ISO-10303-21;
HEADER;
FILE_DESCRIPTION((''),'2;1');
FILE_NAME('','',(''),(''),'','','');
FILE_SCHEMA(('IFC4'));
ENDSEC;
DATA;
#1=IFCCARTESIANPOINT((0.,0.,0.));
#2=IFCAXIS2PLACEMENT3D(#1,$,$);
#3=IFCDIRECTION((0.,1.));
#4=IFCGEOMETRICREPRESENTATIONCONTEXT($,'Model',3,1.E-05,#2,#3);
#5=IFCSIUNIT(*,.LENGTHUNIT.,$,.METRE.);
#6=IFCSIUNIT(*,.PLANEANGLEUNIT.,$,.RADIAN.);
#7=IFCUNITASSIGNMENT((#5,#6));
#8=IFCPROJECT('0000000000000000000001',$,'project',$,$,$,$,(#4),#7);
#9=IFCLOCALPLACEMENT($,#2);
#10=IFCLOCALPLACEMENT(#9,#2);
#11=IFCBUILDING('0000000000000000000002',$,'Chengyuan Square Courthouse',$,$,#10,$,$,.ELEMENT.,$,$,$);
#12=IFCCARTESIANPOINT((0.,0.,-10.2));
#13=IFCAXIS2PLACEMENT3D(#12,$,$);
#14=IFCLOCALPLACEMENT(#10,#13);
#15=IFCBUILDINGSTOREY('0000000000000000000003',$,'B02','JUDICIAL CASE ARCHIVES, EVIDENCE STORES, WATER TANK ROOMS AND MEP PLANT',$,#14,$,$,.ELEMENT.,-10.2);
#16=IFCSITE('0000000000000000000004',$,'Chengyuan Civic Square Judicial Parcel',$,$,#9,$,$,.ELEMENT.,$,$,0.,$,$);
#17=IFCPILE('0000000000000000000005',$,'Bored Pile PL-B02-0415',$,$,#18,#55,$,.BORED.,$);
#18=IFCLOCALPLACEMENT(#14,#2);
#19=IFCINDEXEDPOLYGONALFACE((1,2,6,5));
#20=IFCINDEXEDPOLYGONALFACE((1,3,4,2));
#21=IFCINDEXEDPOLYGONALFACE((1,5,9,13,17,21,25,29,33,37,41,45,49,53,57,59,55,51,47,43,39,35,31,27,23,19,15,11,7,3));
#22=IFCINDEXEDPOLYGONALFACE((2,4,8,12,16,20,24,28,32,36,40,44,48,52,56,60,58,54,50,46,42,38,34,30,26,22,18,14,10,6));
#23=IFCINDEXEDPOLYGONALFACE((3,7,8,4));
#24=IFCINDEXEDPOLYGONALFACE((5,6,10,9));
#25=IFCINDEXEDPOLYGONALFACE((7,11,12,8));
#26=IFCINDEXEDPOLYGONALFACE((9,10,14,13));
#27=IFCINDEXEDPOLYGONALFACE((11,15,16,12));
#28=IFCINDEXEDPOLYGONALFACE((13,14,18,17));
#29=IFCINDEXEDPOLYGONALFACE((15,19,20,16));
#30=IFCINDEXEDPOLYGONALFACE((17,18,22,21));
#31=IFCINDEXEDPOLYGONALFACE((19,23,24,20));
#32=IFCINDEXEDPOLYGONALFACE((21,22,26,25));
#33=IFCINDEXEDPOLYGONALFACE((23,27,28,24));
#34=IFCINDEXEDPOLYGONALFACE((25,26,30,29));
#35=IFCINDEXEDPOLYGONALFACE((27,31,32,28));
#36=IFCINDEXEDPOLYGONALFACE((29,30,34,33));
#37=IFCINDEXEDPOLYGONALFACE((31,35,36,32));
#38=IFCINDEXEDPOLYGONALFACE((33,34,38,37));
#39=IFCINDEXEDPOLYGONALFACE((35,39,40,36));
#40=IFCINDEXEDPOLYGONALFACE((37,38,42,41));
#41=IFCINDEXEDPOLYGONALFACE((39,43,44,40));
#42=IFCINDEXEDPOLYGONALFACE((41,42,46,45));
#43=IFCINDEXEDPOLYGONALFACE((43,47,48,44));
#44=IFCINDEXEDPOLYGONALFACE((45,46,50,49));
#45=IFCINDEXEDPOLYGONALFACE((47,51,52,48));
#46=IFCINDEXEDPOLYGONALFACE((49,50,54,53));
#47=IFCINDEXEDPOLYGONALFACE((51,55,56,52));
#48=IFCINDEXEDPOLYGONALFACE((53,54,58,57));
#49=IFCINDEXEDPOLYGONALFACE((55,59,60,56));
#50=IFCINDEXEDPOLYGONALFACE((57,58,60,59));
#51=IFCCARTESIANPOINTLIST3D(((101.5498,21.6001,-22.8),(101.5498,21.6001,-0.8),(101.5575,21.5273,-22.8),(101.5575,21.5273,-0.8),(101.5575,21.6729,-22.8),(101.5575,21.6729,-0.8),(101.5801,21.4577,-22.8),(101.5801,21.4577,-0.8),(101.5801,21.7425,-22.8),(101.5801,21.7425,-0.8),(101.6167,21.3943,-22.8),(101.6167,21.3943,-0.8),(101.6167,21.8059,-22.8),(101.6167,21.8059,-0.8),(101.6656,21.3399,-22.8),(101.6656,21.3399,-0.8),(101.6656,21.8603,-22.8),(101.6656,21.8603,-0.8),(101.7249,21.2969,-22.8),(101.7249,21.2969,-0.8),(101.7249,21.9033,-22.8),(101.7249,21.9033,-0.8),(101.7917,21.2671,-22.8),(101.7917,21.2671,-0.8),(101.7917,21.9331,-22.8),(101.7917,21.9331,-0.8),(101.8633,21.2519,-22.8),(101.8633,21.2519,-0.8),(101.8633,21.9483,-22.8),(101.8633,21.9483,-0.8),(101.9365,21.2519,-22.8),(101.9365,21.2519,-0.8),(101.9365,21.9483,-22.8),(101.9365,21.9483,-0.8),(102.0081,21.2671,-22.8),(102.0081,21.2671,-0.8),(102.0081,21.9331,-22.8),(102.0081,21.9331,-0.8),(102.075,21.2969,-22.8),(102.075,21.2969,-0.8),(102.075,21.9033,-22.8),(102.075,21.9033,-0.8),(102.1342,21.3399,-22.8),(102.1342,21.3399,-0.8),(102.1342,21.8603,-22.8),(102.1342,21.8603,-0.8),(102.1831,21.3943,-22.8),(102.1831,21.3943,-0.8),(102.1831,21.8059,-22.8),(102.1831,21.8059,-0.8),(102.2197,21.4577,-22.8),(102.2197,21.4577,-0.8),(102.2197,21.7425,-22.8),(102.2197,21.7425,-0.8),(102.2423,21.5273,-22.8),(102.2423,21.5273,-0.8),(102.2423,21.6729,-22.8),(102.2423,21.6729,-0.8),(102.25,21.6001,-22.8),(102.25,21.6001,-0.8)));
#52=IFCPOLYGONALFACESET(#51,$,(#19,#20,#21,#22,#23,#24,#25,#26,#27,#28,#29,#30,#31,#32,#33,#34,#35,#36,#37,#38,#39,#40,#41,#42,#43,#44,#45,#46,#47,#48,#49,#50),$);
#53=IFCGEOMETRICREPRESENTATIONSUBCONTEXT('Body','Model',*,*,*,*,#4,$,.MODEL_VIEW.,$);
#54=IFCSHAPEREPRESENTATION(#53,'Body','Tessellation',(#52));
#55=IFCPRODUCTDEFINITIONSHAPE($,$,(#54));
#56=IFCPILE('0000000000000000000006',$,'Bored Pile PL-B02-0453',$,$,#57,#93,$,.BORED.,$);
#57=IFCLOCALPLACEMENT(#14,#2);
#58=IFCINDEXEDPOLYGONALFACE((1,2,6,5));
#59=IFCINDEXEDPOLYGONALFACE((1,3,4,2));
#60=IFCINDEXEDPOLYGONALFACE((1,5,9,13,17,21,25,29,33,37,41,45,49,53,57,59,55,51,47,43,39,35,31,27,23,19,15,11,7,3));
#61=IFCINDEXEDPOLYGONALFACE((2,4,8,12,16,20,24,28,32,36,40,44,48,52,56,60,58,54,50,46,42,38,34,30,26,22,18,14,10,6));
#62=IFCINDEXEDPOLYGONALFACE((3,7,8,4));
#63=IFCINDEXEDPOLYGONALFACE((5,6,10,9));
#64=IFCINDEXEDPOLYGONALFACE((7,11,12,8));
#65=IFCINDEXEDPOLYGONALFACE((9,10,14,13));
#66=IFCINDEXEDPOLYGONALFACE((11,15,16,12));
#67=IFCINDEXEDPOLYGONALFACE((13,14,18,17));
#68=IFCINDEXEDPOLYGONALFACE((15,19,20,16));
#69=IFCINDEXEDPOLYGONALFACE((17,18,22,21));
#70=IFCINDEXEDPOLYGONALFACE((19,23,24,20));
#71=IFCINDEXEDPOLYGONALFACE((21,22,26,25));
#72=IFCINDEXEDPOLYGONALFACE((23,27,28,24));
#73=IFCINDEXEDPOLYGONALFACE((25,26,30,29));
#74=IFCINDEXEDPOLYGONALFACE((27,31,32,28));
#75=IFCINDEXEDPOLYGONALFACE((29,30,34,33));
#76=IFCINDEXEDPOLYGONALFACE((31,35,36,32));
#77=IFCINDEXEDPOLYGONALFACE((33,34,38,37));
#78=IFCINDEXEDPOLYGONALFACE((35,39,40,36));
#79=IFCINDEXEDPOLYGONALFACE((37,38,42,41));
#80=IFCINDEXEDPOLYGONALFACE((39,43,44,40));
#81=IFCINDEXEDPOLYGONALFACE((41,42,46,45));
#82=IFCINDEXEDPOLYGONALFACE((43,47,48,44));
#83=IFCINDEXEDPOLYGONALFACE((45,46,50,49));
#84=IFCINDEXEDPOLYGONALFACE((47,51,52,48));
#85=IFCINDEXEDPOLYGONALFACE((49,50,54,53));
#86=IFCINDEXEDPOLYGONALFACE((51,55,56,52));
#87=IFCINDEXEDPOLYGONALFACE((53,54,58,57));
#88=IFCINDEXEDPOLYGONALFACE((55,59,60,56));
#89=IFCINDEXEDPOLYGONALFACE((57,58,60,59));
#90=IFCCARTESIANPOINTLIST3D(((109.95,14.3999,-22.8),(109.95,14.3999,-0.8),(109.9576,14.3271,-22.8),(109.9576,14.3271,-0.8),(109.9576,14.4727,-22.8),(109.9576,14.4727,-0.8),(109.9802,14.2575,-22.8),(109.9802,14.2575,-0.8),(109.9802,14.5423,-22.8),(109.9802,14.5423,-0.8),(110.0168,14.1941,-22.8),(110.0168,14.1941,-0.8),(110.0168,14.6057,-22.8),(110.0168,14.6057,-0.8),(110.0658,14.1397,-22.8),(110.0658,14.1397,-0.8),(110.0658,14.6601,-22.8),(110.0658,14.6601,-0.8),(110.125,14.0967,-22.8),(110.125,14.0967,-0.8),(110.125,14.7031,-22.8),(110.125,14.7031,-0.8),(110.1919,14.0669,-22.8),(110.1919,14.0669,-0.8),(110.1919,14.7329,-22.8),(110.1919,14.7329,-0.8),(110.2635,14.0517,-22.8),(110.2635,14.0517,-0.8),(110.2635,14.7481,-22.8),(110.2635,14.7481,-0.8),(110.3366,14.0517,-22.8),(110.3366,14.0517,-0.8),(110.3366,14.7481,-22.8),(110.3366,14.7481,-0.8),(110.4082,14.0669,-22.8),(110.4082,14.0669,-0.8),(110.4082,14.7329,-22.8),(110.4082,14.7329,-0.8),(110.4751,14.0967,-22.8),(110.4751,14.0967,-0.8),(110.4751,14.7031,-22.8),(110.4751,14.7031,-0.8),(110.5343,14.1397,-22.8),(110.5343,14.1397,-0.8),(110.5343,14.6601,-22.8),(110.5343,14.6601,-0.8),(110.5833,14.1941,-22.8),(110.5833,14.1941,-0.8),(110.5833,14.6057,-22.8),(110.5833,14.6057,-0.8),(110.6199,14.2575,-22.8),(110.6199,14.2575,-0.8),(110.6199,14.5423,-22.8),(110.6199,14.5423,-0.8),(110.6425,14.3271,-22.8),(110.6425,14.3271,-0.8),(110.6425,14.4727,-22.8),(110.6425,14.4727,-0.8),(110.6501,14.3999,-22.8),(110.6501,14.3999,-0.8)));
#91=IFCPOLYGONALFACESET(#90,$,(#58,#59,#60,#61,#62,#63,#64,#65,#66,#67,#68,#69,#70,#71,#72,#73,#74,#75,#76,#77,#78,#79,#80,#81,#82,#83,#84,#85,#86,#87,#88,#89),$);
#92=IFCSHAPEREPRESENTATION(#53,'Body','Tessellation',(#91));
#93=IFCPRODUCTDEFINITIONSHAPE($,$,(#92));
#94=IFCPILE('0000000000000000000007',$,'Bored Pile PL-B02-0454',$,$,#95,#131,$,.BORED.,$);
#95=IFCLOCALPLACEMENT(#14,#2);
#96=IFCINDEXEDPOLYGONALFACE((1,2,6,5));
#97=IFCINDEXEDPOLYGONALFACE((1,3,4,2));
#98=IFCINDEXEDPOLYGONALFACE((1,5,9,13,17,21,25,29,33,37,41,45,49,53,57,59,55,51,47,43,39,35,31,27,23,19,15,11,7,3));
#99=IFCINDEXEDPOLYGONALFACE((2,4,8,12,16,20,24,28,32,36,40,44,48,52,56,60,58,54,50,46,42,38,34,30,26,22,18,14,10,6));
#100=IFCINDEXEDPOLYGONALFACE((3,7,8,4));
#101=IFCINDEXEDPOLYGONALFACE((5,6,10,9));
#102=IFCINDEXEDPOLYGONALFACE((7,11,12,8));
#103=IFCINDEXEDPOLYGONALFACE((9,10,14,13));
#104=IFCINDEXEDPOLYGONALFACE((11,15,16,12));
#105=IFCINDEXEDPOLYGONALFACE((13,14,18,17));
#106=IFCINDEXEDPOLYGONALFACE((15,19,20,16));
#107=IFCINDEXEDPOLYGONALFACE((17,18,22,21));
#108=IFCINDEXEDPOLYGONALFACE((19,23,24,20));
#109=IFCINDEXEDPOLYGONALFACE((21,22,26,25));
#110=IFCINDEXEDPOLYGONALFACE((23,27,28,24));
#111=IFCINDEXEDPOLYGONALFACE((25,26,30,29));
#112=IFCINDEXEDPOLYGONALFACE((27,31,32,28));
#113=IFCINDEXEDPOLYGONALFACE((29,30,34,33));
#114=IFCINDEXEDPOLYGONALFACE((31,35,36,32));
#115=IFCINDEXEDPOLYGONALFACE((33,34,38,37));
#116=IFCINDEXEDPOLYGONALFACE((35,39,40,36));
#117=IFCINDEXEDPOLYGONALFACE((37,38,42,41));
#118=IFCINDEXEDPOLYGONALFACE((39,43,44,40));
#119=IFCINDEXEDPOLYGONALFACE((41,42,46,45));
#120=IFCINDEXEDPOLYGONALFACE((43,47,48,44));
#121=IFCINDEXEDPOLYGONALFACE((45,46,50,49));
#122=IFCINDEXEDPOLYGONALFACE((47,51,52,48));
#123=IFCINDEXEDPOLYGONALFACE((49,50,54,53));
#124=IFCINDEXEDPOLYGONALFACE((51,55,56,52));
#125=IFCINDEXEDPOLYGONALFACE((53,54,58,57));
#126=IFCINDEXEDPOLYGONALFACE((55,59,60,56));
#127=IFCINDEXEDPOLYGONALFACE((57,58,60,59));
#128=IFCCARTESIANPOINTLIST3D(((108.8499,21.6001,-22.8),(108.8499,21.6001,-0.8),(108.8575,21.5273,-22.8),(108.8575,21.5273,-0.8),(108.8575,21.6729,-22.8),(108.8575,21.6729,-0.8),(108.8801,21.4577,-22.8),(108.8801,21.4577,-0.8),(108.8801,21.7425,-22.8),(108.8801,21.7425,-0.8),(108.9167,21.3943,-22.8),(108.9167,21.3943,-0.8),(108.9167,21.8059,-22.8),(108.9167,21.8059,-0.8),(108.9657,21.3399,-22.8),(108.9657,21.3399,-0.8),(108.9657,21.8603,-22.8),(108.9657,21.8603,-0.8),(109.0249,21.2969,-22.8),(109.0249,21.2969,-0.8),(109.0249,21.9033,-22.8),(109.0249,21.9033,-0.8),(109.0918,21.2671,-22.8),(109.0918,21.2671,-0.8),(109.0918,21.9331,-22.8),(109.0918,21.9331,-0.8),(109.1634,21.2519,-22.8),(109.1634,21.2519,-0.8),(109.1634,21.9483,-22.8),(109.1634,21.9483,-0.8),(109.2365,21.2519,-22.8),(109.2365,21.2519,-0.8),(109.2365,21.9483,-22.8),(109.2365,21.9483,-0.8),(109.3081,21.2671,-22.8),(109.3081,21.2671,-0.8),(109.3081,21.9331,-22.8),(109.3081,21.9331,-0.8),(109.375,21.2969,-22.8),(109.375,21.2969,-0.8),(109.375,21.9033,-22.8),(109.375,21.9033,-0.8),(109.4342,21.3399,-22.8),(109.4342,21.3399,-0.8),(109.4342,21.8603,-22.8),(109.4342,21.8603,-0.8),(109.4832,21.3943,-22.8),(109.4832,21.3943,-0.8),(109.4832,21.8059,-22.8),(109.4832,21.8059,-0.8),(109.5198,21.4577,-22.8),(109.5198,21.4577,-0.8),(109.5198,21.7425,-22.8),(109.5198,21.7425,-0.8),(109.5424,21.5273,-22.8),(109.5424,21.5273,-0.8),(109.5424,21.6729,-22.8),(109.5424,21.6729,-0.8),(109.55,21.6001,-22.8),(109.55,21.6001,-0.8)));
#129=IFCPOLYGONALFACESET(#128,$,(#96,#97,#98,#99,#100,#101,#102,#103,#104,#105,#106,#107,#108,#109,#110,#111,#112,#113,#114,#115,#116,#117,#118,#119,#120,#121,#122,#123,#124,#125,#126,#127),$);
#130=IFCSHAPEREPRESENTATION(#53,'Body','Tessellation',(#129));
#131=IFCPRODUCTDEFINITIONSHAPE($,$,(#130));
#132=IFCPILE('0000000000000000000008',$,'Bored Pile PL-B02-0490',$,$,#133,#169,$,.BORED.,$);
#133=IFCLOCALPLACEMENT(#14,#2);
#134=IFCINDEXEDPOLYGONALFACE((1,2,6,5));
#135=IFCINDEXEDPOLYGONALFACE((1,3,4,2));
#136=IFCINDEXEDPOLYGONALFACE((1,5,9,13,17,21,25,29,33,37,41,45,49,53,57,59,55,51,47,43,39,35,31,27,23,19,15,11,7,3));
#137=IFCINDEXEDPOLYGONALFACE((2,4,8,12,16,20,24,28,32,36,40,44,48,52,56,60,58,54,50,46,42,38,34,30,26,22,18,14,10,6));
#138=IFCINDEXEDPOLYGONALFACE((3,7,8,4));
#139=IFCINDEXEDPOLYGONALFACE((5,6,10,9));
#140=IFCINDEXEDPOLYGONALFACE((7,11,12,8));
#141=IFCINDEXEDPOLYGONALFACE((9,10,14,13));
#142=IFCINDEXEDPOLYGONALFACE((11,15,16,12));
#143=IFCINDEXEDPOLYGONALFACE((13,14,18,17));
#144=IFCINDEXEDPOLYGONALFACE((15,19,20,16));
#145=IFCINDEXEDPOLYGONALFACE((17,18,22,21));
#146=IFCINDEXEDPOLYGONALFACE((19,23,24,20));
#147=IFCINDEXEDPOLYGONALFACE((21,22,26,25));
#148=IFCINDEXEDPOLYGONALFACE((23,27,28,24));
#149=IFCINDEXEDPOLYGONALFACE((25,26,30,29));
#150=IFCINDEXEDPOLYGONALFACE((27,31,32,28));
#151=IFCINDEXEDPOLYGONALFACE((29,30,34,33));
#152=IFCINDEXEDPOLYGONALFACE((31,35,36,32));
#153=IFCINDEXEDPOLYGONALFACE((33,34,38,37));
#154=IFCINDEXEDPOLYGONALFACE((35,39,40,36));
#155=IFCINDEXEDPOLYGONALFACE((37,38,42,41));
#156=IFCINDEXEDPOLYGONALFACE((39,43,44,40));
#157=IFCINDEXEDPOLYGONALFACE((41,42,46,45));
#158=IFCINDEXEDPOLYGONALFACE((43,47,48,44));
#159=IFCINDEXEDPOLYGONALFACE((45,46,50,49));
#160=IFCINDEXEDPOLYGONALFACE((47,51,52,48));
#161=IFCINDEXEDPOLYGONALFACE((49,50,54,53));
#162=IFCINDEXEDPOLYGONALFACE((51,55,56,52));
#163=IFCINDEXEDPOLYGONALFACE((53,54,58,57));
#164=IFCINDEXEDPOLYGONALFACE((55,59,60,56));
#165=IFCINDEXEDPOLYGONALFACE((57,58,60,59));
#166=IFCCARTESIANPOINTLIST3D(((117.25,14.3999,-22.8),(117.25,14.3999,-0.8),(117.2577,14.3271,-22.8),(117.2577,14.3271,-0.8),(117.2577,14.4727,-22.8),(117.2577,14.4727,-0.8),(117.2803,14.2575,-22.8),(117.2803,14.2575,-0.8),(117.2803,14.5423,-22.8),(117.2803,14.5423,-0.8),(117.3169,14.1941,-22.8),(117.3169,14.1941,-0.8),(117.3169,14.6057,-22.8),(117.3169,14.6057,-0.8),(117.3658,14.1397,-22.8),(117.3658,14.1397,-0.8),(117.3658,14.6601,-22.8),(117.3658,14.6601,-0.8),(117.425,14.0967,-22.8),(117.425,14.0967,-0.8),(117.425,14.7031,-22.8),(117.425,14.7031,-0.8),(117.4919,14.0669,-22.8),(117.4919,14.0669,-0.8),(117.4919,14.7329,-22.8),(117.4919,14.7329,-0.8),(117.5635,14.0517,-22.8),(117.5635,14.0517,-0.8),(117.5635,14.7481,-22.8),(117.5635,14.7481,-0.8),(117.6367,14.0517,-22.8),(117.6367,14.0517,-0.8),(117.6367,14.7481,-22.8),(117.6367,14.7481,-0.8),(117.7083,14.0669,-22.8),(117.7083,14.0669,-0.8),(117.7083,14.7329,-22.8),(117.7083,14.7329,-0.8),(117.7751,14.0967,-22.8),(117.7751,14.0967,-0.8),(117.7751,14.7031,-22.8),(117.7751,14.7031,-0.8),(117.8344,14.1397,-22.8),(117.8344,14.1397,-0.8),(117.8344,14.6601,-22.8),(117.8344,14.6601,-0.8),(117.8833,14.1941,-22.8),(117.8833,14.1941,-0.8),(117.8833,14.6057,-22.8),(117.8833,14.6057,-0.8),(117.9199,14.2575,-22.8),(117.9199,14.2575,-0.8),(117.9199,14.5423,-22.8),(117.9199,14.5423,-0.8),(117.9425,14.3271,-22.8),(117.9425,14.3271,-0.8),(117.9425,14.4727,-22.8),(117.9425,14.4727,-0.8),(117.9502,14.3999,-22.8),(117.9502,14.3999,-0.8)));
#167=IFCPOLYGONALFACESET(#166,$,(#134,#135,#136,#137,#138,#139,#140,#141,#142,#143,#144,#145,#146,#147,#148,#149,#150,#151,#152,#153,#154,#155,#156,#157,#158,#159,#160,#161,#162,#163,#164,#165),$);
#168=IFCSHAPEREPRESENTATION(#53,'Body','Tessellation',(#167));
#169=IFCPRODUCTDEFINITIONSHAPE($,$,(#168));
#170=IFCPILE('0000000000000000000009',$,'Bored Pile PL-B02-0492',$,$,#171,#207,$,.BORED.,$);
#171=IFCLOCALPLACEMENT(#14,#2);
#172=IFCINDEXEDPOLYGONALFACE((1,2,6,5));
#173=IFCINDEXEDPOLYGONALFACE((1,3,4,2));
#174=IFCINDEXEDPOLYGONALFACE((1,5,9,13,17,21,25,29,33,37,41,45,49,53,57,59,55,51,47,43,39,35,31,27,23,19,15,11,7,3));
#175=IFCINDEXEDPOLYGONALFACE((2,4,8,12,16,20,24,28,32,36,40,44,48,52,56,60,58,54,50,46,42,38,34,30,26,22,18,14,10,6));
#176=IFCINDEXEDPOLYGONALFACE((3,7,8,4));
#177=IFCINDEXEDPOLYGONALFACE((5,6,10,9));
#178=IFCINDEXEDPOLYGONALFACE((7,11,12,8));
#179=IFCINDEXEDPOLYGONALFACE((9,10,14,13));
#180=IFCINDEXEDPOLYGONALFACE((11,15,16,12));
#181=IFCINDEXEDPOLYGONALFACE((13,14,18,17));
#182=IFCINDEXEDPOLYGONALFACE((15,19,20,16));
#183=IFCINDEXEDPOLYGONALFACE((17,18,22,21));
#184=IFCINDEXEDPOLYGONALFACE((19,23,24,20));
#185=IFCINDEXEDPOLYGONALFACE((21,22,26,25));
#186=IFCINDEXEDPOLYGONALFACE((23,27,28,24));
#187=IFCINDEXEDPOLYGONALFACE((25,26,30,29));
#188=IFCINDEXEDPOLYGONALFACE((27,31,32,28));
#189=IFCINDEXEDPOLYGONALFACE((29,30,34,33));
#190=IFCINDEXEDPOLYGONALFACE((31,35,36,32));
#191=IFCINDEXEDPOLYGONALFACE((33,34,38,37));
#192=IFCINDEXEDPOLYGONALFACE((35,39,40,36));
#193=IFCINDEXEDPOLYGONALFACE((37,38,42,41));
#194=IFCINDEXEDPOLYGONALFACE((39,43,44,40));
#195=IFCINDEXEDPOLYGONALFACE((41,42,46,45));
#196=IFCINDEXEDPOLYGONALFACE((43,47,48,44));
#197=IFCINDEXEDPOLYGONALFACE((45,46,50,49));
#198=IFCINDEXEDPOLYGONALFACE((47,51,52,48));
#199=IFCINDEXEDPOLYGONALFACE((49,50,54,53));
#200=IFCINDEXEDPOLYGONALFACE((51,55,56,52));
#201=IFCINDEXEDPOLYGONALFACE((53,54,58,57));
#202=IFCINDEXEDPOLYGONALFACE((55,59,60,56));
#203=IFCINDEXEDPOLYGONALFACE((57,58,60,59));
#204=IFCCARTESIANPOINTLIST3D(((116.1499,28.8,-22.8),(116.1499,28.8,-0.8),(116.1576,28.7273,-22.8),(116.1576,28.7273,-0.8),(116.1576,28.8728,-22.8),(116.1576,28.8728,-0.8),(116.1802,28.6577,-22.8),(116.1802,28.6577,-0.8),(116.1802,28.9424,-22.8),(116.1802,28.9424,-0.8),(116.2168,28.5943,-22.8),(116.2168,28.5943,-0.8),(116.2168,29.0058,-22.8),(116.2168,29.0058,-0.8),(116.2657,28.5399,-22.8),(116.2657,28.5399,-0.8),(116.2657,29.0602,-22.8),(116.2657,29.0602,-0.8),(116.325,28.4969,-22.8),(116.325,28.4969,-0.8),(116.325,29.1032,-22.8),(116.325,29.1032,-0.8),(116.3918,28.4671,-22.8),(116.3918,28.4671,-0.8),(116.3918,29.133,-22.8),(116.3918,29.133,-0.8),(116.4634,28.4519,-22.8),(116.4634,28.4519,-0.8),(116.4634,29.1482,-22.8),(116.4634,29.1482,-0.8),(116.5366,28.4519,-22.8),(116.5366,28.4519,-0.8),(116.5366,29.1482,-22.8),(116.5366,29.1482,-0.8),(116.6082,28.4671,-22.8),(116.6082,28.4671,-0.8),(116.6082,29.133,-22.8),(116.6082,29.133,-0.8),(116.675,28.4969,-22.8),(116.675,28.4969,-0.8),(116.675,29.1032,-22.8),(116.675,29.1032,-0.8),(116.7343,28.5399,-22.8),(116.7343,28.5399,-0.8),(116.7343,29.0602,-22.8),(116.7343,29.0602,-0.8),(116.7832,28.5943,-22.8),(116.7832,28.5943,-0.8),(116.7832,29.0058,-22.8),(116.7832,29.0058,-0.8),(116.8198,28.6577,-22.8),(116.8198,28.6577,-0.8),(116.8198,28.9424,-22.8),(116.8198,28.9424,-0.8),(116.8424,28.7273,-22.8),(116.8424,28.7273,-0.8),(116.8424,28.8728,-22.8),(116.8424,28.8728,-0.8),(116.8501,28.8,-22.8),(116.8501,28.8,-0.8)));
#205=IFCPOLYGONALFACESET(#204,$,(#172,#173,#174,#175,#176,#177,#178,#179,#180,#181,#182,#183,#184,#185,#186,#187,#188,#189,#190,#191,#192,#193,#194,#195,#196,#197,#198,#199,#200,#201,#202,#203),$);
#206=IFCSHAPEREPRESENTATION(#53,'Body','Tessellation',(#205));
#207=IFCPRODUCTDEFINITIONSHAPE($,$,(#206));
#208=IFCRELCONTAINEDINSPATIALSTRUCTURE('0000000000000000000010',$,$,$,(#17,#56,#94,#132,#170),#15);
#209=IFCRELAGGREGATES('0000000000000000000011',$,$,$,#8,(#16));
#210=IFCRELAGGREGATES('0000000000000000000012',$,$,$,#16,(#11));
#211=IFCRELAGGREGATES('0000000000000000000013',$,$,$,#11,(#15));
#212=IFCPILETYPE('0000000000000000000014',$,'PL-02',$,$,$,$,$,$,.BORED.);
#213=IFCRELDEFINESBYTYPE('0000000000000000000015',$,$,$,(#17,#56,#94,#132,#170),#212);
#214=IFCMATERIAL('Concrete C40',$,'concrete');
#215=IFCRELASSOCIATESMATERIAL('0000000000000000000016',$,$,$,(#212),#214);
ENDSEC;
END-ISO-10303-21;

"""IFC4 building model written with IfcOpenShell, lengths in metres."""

from ifc_helpers import new_model, si_unit, direction, frame, origin, origin_2d, place, context, subcontext, project, spatial, circle, extrude, material, material_profile, profile_set, type_object, element, save


model = new_model("IFC4")

# Units and contexts
model_context = context("Model", 3, precision=1e-05, world=origin(), true_north=direction((0.0, 1.0)))
body_context = subcontext(model_context, "Body", "Model", "MODEL_VIEW")
ifc_project = project(units=[si_unit("LENGTHUNIT", "METRE"), si_unit("PLANEANGLEUNIT", "RADIAN")], contexts=[model_context])

# Site, building, storey
site_placement = place(None, origin())
site = spatial("IfcSite", under=ifc_project, at=site_placement, Name="Chengyuan Civic Square Judicial Parcel", CompositionType="ELEMENT", RefElevation=0.0)
building_placement = place(site_placement, origin())
building = spatial("IfcBuilding", under=site, at=building_placement, Name="Chengyuan Square Courthouse", CompositionType="ELEMENT")
storey_placement = place(building_placement, frame((0.0, 0.0, -10.2)))
storey = spatial("IfcBuildingStorey", under=building, at=storey_placement, Name="B02", Description="JUDICIAL CASE ARCHIVES, EVIDENCE STORES, WATER TANK ROOMS AND MEP PLANT", CompositionType="ELEMENT", Elevation=-10.2)

# Shared definitions
ifc_material_1 = material(Name="Concrete C40", Category="concrete")

# Piles
ifc_material_profile_1 = material_profile(ifc_material_1, circle(Radius=0.3501, at=origin_2d()), Name="BORED PILE D700")
ifc_profile_set_1 = profile_set([ifc_material_profile_1], Name="Concrete C40")
pile_type_1 = type_object("IfcPileType", Name="PL-02", PredefinedType="BORED", material=ifc_profile_set_1)
for number, where, z_axis, x_axis, name in (
    (1, (101.8999, 21.6001, -0.8), (0.0, 0.0, -1.0), (1.0, 0.0, 0.0), "Bored Pile PL-B02-0415"),
    (2, (110.3, 14.3999, -0.8), (0.0, 0.0, -1.0), (1.0, 0.0, 0.0), "Bored Pile PL-B02-0453"),
    (3, (109.2, 21.6001, -0.8), (0.0, 0.0, -1.0), (1.0, 0.0, 0.0), "Bored Pile PL-B02-0454"),
    (4, (117.6001, 14.3999, -0.8), (0.0, 0.0, -1.0), (1.0, 0.0, 0.0), "Bored Pile PL-B02-0490"),
    (5, (116.5, 28.8, -0.8), (0.0, 0.0, -1.0), (1.0, 0.0, 0.0), "Bored Pile PL-B02-0492"),
):
    element("IfcPile", number, at=place(storey_placement, frame(where, z_axis=z_axis, x_axis=x_axis)), inside=storey, type_object=pile_type_1, Name=name, PredefinedType="BORED", context=body_context, shape_type="SweptSolid", body=[
        extrude(circle(Radius=0.3501, at=origin_2d()), origin(), (0.0, 0.0, 1.0), 22.0),
    ])

save(model, "model.ifc")
